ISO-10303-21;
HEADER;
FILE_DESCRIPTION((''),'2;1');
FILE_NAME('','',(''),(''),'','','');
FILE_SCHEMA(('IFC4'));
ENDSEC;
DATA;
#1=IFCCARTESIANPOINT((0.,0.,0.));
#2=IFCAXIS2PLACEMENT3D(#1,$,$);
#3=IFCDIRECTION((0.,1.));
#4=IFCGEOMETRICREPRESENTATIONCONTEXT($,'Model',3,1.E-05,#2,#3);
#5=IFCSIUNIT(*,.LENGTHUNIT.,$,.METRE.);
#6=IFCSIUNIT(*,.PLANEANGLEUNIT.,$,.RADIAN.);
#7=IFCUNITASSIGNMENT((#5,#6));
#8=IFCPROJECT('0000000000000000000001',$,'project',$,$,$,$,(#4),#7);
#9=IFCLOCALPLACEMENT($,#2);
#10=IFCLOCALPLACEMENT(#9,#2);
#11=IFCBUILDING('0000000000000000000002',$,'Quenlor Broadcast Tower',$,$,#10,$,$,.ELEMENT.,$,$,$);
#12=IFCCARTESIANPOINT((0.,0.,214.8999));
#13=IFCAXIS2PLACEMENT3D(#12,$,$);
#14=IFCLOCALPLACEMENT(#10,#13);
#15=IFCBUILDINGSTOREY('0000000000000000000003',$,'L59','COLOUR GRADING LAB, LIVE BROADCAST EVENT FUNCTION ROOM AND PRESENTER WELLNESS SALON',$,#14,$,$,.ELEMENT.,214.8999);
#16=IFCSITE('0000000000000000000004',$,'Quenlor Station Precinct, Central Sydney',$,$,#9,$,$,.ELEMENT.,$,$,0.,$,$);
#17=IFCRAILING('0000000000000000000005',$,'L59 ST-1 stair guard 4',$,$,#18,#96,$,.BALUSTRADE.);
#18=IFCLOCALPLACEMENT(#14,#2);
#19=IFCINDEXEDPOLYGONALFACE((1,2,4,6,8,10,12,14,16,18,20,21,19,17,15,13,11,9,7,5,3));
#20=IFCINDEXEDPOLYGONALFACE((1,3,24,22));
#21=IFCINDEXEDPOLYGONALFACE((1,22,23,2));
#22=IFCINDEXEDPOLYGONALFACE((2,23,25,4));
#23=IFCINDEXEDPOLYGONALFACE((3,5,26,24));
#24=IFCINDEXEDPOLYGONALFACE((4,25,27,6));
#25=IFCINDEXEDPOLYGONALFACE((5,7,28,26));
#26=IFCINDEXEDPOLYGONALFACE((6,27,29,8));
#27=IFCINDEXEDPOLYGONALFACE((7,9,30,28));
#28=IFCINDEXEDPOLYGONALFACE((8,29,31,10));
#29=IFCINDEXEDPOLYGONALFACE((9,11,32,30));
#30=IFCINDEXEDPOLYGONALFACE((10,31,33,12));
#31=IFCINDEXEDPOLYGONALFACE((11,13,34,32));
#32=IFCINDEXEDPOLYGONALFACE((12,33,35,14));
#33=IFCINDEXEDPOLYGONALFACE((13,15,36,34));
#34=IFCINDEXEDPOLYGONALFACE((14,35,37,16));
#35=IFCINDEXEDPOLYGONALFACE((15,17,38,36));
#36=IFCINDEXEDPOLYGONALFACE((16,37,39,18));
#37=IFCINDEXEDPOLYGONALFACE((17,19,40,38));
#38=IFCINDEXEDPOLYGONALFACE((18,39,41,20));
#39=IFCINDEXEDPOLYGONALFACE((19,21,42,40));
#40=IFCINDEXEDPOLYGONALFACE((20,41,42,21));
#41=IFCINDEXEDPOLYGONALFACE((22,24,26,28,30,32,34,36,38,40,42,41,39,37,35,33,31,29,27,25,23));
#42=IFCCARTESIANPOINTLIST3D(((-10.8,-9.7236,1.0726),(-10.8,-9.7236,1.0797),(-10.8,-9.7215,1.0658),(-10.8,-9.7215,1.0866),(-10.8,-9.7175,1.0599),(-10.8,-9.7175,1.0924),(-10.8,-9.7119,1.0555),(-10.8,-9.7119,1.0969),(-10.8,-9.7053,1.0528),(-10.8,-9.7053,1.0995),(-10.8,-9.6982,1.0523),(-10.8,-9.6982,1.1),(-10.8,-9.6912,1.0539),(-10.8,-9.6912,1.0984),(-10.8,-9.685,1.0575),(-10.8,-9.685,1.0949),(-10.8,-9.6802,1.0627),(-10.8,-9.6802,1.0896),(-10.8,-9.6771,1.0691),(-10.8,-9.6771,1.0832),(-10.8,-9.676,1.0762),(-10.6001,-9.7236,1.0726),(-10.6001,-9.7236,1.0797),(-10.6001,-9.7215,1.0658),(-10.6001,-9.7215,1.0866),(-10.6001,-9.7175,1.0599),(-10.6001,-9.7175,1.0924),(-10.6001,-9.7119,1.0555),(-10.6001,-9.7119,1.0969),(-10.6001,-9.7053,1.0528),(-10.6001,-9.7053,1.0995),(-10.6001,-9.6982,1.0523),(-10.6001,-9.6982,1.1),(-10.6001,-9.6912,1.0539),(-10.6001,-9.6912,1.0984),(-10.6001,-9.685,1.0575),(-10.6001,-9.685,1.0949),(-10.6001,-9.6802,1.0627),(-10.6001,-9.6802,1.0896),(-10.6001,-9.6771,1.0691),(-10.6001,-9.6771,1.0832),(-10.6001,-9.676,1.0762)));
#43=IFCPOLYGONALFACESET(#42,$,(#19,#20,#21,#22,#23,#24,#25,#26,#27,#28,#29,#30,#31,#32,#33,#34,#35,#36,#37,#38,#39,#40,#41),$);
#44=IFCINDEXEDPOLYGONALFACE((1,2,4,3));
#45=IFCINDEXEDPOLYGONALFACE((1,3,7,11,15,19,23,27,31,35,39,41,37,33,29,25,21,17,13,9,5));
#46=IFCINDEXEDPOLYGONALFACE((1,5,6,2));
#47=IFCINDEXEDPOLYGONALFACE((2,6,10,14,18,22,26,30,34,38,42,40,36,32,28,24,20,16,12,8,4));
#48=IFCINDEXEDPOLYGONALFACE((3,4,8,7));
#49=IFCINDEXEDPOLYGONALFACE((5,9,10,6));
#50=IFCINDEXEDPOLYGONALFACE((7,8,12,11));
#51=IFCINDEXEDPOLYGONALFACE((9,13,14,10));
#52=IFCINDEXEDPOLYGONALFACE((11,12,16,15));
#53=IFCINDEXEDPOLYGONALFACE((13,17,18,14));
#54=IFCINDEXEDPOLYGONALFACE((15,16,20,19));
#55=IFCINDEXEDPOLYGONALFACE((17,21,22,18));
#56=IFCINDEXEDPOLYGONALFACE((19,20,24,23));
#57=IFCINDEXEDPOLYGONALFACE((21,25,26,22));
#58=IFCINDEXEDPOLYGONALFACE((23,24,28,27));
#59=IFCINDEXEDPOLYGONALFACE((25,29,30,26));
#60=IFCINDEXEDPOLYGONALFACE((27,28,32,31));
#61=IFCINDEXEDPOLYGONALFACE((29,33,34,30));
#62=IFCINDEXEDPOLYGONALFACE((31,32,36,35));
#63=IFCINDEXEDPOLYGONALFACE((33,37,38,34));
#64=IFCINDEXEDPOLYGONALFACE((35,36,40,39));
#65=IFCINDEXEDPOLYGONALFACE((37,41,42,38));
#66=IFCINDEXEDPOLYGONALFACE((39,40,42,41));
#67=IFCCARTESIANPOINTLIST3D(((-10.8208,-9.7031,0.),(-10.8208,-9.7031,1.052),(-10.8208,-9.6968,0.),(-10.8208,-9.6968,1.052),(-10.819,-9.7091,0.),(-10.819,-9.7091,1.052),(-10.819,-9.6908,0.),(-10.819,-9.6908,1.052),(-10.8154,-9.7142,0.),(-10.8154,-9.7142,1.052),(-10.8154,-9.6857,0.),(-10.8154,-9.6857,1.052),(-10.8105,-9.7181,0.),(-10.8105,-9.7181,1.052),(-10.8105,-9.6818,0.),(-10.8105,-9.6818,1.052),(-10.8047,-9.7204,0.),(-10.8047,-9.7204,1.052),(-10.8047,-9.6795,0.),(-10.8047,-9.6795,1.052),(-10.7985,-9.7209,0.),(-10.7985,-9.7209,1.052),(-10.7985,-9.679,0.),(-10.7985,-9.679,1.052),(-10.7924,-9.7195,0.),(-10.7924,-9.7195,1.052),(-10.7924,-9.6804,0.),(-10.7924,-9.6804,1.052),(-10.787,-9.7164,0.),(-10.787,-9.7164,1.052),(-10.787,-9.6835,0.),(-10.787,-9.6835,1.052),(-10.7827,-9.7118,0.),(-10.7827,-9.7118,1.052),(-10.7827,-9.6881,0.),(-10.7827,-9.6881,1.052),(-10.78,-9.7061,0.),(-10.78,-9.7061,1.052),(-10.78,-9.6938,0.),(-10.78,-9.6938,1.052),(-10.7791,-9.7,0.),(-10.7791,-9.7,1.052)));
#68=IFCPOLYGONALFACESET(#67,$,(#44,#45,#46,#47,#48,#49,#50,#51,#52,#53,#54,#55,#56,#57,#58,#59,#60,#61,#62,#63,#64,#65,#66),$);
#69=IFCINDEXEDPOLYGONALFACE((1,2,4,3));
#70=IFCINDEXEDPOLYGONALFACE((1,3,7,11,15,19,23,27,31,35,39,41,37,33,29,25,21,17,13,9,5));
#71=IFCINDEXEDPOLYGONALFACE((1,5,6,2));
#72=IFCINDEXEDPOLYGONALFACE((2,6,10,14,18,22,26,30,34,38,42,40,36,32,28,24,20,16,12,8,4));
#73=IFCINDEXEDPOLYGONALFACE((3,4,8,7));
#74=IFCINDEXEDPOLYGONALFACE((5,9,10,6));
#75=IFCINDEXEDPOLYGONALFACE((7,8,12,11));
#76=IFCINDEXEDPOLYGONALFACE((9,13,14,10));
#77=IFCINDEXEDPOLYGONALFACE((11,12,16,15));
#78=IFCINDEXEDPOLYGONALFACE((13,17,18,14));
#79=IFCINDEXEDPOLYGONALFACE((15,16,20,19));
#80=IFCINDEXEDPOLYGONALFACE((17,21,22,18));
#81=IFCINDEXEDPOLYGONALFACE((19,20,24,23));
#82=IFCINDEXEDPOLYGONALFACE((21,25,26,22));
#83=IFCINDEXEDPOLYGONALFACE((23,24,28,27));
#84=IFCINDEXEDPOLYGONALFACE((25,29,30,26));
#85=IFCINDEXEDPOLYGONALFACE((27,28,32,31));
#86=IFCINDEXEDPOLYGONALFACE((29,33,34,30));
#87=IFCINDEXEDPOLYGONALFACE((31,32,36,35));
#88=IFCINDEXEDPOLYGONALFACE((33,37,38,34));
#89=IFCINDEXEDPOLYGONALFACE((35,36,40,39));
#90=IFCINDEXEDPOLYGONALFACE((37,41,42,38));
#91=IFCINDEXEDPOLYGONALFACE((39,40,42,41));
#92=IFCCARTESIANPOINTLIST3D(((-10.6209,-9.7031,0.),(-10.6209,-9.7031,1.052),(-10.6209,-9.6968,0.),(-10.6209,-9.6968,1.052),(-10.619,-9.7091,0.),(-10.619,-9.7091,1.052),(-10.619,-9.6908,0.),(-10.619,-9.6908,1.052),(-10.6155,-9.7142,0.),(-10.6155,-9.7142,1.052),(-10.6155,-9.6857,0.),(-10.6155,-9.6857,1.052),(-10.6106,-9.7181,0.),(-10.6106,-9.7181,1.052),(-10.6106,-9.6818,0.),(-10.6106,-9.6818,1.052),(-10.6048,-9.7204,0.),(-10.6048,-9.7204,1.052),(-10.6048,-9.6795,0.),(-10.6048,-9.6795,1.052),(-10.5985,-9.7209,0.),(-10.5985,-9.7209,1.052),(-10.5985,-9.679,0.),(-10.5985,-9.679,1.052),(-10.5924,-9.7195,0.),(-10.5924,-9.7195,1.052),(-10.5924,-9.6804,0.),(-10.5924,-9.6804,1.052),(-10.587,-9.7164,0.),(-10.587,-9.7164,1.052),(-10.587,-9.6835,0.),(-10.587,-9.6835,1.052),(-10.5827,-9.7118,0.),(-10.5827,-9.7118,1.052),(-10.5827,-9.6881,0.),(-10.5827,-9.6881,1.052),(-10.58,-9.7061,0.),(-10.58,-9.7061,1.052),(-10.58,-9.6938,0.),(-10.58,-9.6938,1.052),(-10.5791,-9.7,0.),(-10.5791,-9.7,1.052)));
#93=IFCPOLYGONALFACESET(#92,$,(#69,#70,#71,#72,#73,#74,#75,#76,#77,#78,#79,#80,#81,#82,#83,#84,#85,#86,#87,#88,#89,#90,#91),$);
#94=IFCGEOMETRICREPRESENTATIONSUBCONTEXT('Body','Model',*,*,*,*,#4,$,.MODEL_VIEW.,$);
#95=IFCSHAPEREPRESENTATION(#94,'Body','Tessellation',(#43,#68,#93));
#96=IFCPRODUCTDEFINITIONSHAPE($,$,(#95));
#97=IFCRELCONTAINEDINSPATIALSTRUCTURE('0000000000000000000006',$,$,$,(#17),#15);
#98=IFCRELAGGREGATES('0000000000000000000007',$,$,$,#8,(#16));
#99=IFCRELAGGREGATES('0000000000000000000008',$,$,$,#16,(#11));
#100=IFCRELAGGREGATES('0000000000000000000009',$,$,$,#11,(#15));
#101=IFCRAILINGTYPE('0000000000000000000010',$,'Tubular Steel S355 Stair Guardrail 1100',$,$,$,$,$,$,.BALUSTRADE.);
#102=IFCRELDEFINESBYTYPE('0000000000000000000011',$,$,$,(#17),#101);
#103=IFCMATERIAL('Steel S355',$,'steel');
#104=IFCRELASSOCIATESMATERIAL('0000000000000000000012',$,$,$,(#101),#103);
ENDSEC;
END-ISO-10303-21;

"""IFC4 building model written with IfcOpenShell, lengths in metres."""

from ifc_helpers import new_model, si_unit, direction, frame, origin, origin_2d, place, context, subcontext, project, spatial, circle, extrude, material, type_object, element, save


model = new_model("IFC4")

# Units and contexts
model_context = context("Model", 3, precision=1e-05, world=origin(), true_north=direction((0.0, 1.0)))
body_context = subcontext(model_context, "Body", "Model", "MODEL_VIEW")
ifc_project = project(units=[si_unit("LENGTHUNIT", "METRE"), si_unit("PLANEANGLEUNIT", "RADIAN")], contexts=[model_context])

# Site, building, storey
site_placement = place(None, origin())
site = spatial("IfcSite", under=ifc_project, at=site_placement, Name="Quenlor Station Precinct, Central Sydney", CompositionType="ELEMENT", RefElevation=0.0)
building_placement = place(site_placement, origin())
building = spatial("IfcBuilding", under=site, at=building_placement, Name="Quenlor Broadcast Tower", CompositionType="ELEMENT")
storey_placement = place(building_placement, frame((0.0, 0.0, 214.8999)))
storey = spatial("IfcBuildingStorey", under=building, at=storey_placement, Name="L59", Description="COLOUR GRADING LAB, LIVE BROADCAST EVENT FUNCTION ROOM AND PRESENTER WELLNESS SALON", CompositionType="ELEMENT", Elevation=214.8999)

# Railing
ifc_material_1 = material(Name="Steel S355", Category="steel")
railing_type_1 = type_object("IfcRailingType", Name="Tubular Steel S355 Stair Guardrail 1100", PredefinedType="BALUSTRADE", material=ifc_material_1)
railing_1_placement = place(storey_placement, frame((-10.8, -9.7, 0.0)))
element("IfcRailing", 1, at=railing_1_placement, inside=storey, type_object=railing_type_1, Name="L59 ST-1 stair guard 4", PredefinedType="BALUSTRADE", context=body_context, shape_type="SweptSolid", body=[
    extrude(circle(Radius=0.0239, at=origin_2d()), frame((0.0, 0.0, 1.0762), z_axis=(1.0, 0.0, 0.0), x_axis=(0.0, 1.0, 0.0)), (0.0, 0.0, 1.0), 0.2),
    extrude(circle(Radius=0.021, at=origin_2d()), origin(), (0.0, 0.0, 1.0), 1.052),
    extrude(circle(Radius=0.021, at=origin_2d()), frame((0.2, 0.0, 0.0)), (0.0, 0.0, 1.0), 1.052),
])

save(model, "model.ifc")
